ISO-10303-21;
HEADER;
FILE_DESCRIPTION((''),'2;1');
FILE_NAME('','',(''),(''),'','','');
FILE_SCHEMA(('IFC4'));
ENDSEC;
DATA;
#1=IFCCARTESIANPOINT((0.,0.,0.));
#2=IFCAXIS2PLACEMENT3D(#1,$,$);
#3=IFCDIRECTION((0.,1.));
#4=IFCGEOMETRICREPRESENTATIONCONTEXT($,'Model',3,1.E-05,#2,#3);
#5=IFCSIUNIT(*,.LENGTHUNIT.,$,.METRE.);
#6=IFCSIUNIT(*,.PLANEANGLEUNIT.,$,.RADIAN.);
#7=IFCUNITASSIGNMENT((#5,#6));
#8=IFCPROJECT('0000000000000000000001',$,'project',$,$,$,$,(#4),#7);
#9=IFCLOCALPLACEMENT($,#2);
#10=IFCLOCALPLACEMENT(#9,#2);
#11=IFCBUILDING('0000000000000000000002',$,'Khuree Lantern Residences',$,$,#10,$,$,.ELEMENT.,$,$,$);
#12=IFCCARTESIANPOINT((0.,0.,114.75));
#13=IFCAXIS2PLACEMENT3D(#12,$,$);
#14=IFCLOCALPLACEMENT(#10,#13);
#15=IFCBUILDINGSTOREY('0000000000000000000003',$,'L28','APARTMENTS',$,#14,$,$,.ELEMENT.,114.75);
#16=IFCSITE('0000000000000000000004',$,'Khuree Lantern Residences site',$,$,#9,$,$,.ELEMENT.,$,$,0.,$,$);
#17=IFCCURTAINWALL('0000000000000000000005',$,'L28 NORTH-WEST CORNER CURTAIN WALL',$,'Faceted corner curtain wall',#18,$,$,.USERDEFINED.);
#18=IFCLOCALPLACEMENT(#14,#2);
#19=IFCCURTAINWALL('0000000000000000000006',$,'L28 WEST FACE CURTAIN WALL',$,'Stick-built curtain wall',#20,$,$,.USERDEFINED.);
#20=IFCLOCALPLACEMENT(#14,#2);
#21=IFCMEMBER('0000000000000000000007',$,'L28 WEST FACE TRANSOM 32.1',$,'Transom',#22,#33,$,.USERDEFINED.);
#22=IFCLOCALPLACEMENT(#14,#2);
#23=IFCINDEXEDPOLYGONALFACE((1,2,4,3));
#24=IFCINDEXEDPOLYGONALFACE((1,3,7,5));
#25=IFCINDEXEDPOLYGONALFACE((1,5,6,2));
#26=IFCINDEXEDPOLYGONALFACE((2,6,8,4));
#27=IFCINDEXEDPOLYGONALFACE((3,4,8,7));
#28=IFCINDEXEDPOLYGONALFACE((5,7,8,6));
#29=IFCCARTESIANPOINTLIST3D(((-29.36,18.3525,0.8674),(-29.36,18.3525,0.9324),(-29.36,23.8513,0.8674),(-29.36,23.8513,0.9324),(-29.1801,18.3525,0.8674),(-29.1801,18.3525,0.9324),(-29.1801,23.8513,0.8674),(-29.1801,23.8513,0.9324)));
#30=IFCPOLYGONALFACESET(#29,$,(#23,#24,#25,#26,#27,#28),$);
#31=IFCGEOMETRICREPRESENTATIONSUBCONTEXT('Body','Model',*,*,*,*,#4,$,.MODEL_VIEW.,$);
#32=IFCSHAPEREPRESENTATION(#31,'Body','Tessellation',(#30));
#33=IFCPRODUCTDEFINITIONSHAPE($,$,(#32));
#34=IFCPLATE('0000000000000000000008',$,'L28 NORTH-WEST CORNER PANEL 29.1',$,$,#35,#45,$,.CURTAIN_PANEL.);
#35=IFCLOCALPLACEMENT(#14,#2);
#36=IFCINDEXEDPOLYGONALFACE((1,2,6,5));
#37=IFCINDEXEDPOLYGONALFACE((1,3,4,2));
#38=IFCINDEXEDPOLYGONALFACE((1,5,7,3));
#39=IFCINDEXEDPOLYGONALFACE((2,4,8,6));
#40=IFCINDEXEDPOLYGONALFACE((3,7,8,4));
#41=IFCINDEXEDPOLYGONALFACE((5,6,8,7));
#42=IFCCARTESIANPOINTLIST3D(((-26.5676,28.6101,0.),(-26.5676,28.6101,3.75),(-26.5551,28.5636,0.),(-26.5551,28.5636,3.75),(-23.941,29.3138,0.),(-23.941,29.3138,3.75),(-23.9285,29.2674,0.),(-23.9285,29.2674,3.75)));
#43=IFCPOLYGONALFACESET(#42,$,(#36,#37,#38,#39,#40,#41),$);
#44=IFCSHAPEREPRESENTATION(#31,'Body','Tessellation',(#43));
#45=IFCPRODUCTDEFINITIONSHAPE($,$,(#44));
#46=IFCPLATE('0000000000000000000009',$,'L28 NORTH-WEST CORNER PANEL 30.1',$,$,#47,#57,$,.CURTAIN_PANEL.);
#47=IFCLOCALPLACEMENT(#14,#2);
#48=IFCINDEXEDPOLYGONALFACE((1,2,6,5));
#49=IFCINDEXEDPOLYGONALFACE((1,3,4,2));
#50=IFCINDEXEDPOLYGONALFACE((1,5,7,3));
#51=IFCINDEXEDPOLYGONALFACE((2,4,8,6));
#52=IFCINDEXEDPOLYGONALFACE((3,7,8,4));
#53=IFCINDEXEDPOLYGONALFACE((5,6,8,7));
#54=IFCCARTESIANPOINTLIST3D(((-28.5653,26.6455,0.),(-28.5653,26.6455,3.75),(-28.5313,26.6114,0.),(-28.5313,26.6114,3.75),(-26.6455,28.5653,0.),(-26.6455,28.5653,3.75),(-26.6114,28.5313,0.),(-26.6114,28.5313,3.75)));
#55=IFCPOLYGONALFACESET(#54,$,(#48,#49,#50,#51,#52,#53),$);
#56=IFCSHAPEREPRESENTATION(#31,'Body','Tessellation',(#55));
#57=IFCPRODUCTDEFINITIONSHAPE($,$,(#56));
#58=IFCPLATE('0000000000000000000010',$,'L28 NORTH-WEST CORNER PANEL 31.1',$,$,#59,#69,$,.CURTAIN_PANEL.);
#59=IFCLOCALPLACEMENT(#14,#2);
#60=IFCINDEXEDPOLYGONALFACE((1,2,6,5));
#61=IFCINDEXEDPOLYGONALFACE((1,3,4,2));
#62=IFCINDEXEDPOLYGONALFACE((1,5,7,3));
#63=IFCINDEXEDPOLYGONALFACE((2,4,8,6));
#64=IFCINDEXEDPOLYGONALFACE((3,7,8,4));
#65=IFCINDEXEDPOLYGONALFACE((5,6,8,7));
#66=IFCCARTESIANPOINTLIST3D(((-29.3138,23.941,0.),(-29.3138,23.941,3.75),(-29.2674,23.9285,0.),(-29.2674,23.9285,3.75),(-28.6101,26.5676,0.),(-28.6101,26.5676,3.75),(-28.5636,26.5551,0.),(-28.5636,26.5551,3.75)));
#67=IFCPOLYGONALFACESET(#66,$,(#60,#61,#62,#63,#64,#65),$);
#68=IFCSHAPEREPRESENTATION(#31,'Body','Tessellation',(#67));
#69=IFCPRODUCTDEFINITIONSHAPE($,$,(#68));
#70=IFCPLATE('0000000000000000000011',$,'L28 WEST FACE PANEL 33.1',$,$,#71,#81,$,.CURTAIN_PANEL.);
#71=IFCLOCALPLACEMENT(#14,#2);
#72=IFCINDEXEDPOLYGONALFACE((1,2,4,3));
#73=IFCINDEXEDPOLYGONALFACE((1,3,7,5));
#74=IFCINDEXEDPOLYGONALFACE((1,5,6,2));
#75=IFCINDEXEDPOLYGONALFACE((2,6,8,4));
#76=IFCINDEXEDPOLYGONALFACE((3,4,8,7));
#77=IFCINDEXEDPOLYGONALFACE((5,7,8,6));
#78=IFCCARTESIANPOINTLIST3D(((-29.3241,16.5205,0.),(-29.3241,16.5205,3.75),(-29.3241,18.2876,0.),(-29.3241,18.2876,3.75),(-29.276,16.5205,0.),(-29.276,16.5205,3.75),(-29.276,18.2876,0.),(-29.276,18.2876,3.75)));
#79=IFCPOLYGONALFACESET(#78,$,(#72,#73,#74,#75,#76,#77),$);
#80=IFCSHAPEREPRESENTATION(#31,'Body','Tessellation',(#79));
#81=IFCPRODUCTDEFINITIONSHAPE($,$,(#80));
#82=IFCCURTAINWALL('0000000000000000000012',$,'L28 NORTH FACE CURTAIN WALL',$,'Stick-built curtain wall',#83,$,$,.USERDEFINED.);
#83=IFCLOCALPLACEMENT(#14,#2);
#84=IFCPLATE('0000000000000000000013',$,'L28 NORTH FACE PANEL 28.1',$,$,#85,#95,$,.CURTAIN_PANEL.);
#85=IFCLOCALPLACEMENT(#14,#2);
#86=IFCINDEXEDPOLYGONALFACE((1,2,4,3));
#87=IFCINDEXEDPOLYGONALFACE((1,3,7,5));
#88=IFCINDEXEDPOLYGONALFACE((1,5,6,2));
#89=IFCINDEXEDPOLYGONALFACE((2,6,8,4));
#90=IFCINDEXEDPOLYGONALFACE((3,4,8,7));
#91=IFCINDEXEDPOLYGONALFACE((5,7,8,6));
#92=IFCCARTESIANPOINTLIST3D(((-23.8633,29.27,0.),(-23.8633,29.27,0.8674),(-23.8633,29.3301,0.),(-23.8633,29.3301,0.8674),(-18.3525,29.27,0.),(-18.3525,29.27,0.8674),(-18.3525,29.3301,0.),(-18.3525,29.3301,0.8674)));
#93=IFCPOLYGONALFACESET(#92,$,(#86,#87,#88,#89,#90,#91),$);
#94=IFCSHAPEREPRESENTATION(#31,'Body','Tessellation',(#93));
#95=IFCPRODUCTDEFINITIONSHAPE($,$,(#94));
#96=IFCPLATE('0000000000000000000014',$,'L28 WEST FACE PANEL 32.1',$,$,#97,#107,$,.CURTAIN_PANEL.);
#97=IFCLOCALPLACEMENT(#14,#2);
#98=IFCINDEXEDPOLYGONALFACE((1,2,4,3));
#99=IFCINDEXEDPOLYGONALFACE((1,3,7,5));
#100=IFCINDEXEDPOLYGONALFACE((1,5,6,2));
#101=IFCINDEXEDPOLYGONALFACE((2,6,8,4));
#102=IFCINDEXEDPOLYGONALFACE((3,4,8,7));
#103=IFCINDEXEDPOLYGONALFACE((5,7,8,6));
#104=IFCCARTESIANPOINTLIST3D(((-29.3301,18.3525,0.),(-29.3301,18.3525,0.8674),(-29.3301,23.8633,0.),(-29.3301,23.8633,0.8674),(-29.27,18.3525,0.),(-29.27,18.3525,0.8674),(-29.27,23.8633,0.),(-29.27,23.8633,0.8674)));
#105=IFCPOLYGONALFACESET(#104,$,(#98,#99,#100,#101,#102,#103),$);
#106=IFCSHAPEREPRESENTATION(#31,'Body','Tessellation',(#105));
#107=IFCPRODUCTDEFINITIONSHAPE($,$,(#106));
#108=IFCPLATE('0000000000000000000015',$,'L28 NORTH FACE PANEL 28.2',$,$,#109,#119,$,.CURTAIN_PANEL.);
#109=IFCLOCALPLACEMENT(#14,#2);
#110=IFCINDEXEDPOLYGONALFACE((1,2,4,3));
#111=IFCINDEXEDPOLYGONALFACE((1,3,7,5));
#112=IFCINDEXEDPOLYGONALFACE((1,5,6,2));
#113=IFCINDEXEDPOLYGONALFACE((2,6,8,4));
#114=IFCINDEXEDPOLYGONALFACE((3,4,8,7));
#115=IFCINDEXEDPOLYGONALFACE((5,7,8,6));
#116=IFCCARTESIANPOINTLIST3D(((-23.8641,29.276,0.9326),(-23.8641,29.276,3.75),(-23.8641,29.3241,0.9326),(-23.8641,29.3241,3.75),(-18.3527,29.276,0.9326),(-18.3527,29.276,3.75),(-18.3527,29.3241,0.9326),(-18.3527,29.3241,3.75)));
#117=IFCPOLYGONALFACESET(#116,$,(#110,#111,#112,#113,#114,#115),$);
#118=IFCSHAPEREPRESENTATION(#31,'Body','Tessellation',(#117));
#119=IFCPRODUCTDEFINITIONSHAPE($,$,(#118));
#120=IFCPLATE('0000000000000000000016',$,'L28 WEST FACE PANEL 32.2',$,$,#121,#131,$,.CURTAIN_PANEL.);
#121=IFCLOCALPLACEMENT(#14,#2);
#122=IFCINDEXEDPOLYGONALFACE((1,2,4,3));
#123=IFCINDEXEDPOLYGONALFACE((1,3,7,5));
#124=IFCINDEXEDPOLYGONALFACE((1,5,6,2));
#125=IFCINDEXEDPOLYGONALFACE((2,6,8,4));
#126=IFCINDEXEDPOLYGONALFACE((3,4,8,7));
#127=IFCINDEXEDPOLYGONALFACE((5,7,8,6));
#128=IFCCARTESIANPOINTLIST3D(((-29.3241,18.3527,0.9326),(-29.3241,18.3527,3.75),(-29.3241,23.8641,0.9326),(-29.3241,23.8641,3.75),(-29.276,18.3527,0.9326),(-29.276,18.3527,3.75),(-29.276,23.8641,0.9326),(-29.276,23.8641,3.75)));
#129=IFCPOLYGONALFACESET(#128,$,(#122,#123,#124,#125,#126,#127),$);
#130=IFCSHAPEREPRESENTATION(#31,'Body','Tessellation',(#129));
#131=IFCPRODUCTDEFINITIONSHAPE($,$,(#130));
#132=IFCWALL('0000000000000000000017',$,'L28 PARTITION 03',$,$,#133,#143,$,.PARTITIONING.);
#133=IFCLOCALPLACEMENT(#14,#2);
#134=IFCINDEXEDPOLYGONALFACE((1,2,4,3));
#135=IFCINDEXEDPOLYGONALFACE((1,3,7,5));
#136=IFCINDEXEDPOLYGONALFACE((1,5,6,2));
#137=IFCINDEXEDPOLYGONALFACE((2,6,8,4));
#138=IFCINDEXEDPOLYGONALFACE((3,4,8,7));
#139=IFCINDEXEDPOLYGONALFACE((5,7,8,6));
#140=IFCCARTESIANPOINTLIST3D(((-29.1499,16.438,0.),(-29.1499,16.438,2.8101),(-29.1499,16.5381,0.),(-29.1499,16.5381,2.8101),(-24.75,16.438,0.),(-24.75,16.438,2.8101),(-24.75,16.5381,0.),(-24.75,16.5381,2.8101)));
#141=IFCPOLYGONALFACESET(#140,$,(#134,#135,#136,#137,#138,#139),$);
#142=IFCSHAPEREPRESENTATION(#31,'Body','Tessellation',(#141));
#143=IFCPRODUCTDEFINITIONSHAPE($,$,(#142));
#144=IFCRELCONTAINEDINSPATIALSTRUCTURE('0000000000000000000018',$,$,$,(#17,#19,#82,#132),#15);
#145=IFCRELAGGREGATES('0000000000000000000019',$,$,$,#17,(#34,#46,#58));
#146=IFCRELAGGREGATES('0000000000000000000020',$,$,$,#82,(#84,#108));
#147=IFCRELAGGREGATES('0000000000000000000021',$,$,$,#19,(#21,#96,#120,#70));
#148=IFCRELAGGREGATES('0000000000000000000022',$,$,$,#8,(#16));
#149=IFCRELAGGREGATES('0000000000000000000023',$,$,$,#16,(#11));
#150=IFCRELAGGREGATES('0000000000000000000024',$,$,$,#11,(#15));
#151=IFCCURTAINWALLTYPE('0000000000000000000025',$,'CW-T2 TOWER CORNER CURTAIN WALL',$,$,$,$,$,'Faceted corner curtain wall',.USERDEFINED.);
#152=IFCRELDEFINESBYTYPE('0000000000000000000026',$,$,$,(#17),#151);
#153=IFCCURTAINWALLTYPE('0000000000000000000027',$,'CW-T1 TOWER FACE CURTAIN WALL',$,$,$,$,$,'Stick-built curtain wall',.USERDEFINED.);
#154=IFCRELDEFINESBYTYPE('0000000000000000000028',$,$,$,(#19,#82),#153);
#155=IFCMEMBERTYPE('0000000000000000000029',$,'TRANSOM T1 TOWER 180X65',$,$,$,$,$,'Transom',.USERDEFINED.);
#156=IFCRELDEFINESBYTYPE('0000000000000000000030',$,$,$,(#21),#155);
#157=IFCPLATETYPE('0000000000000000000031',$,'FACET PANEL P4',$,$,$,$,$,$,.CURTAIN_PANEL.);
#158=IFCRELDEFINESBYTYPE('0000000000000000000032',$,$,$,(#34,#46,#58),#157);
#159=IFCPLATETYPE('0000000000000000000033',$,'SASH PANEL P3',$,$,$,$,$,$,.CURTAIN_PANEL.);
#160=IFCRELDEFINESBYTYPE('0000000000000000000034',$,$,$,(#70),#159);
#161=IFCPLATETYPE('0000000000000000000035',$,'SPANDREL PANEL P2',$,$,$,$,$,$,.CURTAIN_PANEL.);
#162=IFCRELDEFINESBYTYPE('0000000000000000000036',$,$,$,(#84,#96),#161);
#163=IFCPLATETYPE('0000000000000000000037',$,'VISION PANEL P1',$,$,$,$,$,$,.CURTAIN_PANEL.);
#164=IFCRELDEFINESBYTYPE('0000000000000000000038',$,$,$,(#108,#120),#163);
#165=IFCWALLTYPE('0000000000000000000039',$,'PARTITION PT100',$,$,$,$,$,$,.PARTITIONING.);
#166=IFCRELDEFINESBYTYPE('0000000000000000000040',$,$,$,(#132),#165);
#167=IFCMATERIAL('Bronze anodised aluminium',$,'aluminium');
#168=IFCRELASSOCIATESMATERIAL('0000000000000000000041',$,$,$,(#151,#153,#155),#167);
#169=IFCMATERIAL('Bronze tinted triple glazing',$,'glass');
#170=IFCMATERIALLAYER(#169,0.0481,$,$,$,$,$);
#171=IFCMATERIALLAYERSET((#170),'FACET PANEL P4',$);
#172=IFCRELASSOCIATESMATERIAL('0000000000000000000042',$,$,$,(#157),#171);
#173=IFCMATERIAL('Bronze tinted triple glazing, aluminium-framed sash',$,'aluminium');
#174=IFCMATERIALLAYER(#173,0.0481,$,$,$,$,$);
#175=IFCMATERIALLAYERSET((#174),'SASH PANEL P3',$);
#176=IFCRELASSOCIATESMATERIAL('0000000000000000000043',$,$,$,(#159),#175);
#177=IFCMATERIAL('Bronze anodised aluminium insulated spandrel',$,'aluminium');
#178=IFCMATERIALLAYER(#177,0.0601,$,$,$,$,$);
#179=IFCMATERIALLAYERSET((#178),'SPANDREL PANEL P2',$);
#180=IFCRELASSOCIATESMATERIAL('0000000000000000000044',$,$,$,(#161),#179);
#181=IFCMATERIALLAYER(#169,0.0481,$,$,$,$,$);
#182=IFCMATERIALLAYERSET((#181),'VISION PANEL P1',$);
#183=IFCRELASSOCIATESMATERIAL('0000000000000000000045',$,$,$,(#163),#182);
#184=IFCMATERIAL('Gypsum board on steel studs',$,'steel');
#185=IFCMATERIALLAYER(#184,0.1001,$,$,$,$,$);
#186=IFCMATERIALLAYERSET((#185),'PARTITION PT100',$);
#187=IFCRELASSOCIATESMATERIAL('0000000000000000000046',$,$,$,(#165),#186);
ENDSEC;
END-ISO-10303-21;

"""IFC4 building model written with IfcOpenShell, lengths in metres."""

from ifc_helpers import new_model, si_unit, direction, frame, frame_2d, origin, origin_2d, place, context, subcontext, project, spatial, rectangle, extrude, material, layer, layer_set, material_profile, profile_set, type_object, element, aggregate, save


model = new_model("IFC4")

# Units and contexts
model_context = context("Model", 3, precision=1e-05, world=origin(), true_north=direction((0.0, 1.0)))
body_context = subcontext(model_context, "Body", "Model", "MODEL_VIEW")
ifc_project = project(units=[si_unit("LENGTHUNIT", "METRE"), si_unit("PLANEANGLEUNIT", "RADIAN")], contexts=[model_context])

# Site, building, storey
site_placement = place(None, origin())
site = spatial("IfcSite", under=ifc_project, at=site_placement, Name="Khuree Lantern Residences site", CompositionType="ELEMENT", RefElevation=0.0)
building_placement = place(site_placement, origin())
building = spatial("IfcBuilding", under=site, at=building_placement, Name="Khuree Lantern Residences", CompositionType="ELEMENT")
storey_placement = place(building_placement, frame((0.0, 0.0, 114.75)))
storey = spatial("IfcBuildingStorey", under=building, at=storey_placement, Name="L28", Description="APARTMENTS", CompositionType="ELEMENT", Elevation=114.75)

# Curtain walls
ifc_material_1 = material(Name="Bronze anodised aluminium", Category="aluminium")
curtain_wall_type_1 = type_object("IfcCurtainWallType", Name="CW-T2 TOWER CORNER CURTAIN WALL", ElementType="Faceted corner curtain wall", PredefinedType="USERDEFINED", material=ifc_material_1)
curtain_wall_1_placement = place(storey_placement, origin())
curtain_wall_1 = element("IfcCurtainWall", 1, at=curtain_wall_1_placement, inside=storey, type_object=curtain_wall_type_1, Name="L28 NORTH-WEST CORNER CURTAIN WALL", ObjectType="Faceted corner curtain wall", PredefinedType="USERDEFINED")
curtain_wall_type_2 = type_object("IfcCurtainWallType", Name="CW-T1 TOWER FACE CURTAIN WALL", ElementType="Stick-built curtain wall", PredefinedType="USERDEFINED", material=ifc_material_1)
curtain_wall_2_placement = place(storey_placement, origin())
curtain_wall_2 = element("IfcCurtainWall", 2, at=curtain_wall_2_placement, inside=storey, type_object=curtain_wall_type_2, Name="L28 WEST FACE CURTAIN WALL", ObjectType="Stick-built curtain wall", PredefinedType="USERDEFINED")

# Member
ifc_material_profile_1 = material_profile(ifc_material_1, rectangle(XDim=0.1799, YDim=0.0649, at=origin_2d()), Name="T1 180X65")
ifc_profile_set_1 = profile_set([ifc_material_profile_1], Name="Bronze anodised aluminium")
member_type_1 = type_object("IfcMemberType", Name="TRANSOM T1 TOWER 180X65", ElementType="Transom", PredefinedType="USERDEFINED", material=ifc_profile_set_1)
member_1_placement = place(storey_placement, frame((-29.27, 23.8513, 0.8999), z_axis=(0.0, -1.0, 0.0), x_axis=(1.0, 0.0, 0.0)))
member_1 = element("IfcMember", 3, at=member_1_placement, type_object=member_type_1, Name="L28 WEST FACE TRANSOM 32.1", ObjectType="Transom", PredefinedType="USERDEFINED", context=body_context, shape_type="SweptSolid", body=[
    extrude(rectangle(XDim=0.1799, YDim=0.0649, at=origin_2d()), origin(), (0.0, 0.0, 1.0), 5.4988),
])

# Plates
ifc_material_2 = material(Name="Bronze tinted triple glazing", Category="glass")
ifc_layer_1 = layer(ifc_material_2, 0.0481)
ifc_layer_set_1 = layer_set([ifc_layer_1], Name="FACET PANEL P4")
plate_type_1 = type_object("IfcPlateType", Name="FACET PANEL P4", PredefinedType="CURTAIN_PANEL", material=ifc_layer_set_1)
plate_1_placement = place(storey_placement, frame((-25.248, 28.9387, 0.0), z_axis=(0.0, 0.0, 1.0), x_axis=(-0.965926, -0.258819, 0.0)))
plate_1 = element("IfcPlate", 4, at=plate_1_placement, type_object=plate_type_1, Name="L28 NORTH-WEST CORNER PANEL 29.1", PredefinedType="CURTAIN_PANEL", context=body_context, shape_type="SweptSolid", body=[
    extrude(rectangle(XDim=2.7192, YDim=0.0481, at=origin_2d()), origin(), (0.0, 0.0, 1.0), 3.75),
])
plate_2_placement = place(storey_placement, frame((-27.5884, 27.5884, 0.0), z_axis=(0.0, 0.0, 1.0), x_axis=(-0.707107, -0.707107, 0.0)))
plate_2 = element("IfcPlate", 5, at=plate_2_placement, type_object=plate_type_1, Name="L28 NORTH-WEST CORNER PANEL 30.1", PredefinedType="CURTAIN_PANEL", context=body_context, shape_type="SweptSolid", body=[
    extrude(rectangle(XDim=2.7151, YDim=0.0481, at=origin_2d()), origin(), (0.0, 0.0, 1.0), 3.75),
])
plate_3_placement = place(storey_placement, frame((-28.9387, 25.248, 0.0), z_axis=(0.0, 0.0, 1.0), x_axis=(-0.258819, -0.965926, 0.0)))
plate_3 = element("IfcPlate", 6, at=plate_3_placement, type_object=plate_type_1, Name="L28 NORTH-WEST CORNER PANEL 31.1", PredefinedType="CURTAIN_PANEL", context=body_context, shape_type="SweptSolid", body=[
    extrude(rectangle(XDim=2.7192, YDim=0.0481, at=origin_2d()), origin(), (0.0, 0.0, 1.0), 3.75),
])
aggregate(curtain_wall_1, [plate_1, plate_2, plate_3])
ifc_material_3 = material(Name="Bronze tinted triple glazing, aluminium-framed sash", Category="aluminium")
ifc_layer_2 = layer(ifc_material_3, 0.0481)
ifc_layer_set_2 = layer_set([ifc_layer_2], Name="SASH PANEL P3")
plate_type_2 = type_object("IfcPlateType", Name="SASH PANEL P3", PredefinedType="CURTAIN_PANEL", material=ifc_layer_set_2)
plate_4_placement = place(storey_placement, frame((-29.3, 17.4041, 0.0), z_axis=(0.0, 0.0, 1.0), x_axis=(0.0, -1.0, 0.0)))
plate_4 = element("IfcPlate", 7, at=plate_4_placement, type_object=plate_type_2, Name="L28 WEST FACE PANEL 33.1", PredefinedType="CURTAIN_PANEL", context=body_context, shape_type="SweptSolid", body=[
    extrude(rectangle(XDim=1.7671, YDim=0.0481, at=origin_2d()), origin(), (0.0, 0.0, 1.0), 3.75),
])

# Curtain wall, plate
curtain_wall_3_placement = place(storey_placement, origin())
curtain_wall_3 = element("IfcCurtainWall", 8, at=curtain_wall_3_placement, inside=storey, type_object=curtain_wall_type_2, Name="L28 NORTH FACE CURTAIN WALL", ObjectType="Stick-built curtain wall", PredefinedType="USERDEFINED")
ifc_material_4 = material(Name="Bronze anodised aluminium insulated spandrel", Category="aluminium")
ifc_layer_3 = layer(ifc_material_4, 0.0601)
ifc_layer_set_3 = layer_set([ifc_layer_3], Name="SPANDREL PANEL P2")
plate_type_3 = type_object("IfcPlateType", Name="SPANDREL PANEL P2", PredefinedType="CURTAIN_PANEL", material=ifc_layer_set_3)
plate_5_placement = place(storey_placement, frame((-21.1079, 29.3, 0.0), z_axis=(0.0, 0.0, 1.0), x_axis=(-1.0, 0.0, 0.0)))
plate_5 = element("IfcPlate", 9, at=plate_5_placement, type_object=plate_type_3, Name="L28 NORTH FACE PANEL 28.1", PredefinedType="CURTAIN_PANEL", context=body_context, shape_type="SweptSolid", body=[
    extrude(rectangle(XDim=5.5107, YDim=0.0601, at=origin_2d()), origin(), (0.0, 0.0, 1.0), 0.8674),
])

# Plates
plate_6_placement = place(storey_placement, frame((-29.3, 21.1079, 0.0), z_axis=(0.0, 0.0, 1.0), x_axis=(0.0, -1.0, 0.0)))
plate_6 = element("IfcPlate", 10, at=plate_6_placement, type_object=plate_type_3, Name="L28 WEST FACE PANEL 32.1", PredefinedType="CURTAIN_PANEL", context=body_context, shape_type="SweptSolid", body=[
    extrude(rectangle(XDim=5.5107, YDim=0.0601, at=origin_2d()), origin(), (0.0, 0.0, 1.0), 0.8674),
])
ifc_layer_4 = layer(ifc_material_2, 0.0481)
ifc_layer_set_4 = layer_set([ifc_layer_4], Name="VISION PANEL P1")
plate_type_4 = type_object("IfcPlateType", Name="VISION PANEL P1", PredefinedType="CURTAIN_PANEL", material=ifc_layer_set_4)
plate_7_placement = place(storey_placement, frame((-21.1084, 29.3, 0.9326), z_axis=(0.0, 0.0, 1.0), x_axis=(-1.0, 0.0, 0.0)))
plate_7 = element("IfcPlate", 11, at=plate_7_placement, type_object=plate_type_4, Name="L28 NORTH FACE PANEL 28.2", PredefinedType="CURTAIN_PANEL", context=body_context, shape_type="SweptSolid", body=[
    extrude(rectangle(XDim=5.5115, YDim=0.0481, at=origin_2d()), origin(), (0.0, 0.0, 1.0), 2.8174),
])
aggregate(curtain_wall_3, [plate_5, plate_7])
plate_8_placement = place(storey_placement, frame((-29.3, 21.1084, 0.9326), z_axis=(0.0, 0.0, 1.0), x_axis=(0.0, -1.0, 0.0)))
plate_8 = element("IfcPlate", 12, at=plate_8_placement, type_object=plate_type_4, Name="L28 WEST FACE PANEL 32.2", PredefinedType="CURTAIN_PANEL", context=body_context, shape_type="SweptSolid", body=[
    extrude(rectangle(XDim=5.5115, YDim=0.0481, at=origin_2d()), origin(), (0.0, 0.0, 1.0), 2.8174),
])
aggregate(curtain_wall_2, [member_1, plate_6, plate_8, plate_4])

# Wall
ifc_material_5 = material(Name="Gypsum board on steel studs", Category="steel")
ifc_layer_5 = layer(ifc_material_5, 0.1001)
ifc_layer_set_5 = layer_set([ifc_layer_5], Name="PARTITION PT100")
wall_type = type_object("IfcWallType", Name="PARTITION PT100", PredefinedType="PARTITIONING", material=ifc_layer_set_5)
wall_placement = place(storey_placement, frame((-24.75, 16.488, 0.0), z_axis=(0.0, 0.0, 1.0), x_axis=(-1.0, 0.0, 0.0)))
element("IfcWall", 13, at=wall_placement, inside=storey, type_object=wall_type, Name="L28 PARTITION 03", PredefinedType="PARTITIONING", context=body_context, shape_type="SweptSolid", body=[
    extrude(rectangle(XDim=4.3999, YDim=0.1001, at=frame_2d((2.2, 0.0))), origin(), (0.0, 0.0, 1.0), 2.8101),
])

save(model, "model.ifc")
